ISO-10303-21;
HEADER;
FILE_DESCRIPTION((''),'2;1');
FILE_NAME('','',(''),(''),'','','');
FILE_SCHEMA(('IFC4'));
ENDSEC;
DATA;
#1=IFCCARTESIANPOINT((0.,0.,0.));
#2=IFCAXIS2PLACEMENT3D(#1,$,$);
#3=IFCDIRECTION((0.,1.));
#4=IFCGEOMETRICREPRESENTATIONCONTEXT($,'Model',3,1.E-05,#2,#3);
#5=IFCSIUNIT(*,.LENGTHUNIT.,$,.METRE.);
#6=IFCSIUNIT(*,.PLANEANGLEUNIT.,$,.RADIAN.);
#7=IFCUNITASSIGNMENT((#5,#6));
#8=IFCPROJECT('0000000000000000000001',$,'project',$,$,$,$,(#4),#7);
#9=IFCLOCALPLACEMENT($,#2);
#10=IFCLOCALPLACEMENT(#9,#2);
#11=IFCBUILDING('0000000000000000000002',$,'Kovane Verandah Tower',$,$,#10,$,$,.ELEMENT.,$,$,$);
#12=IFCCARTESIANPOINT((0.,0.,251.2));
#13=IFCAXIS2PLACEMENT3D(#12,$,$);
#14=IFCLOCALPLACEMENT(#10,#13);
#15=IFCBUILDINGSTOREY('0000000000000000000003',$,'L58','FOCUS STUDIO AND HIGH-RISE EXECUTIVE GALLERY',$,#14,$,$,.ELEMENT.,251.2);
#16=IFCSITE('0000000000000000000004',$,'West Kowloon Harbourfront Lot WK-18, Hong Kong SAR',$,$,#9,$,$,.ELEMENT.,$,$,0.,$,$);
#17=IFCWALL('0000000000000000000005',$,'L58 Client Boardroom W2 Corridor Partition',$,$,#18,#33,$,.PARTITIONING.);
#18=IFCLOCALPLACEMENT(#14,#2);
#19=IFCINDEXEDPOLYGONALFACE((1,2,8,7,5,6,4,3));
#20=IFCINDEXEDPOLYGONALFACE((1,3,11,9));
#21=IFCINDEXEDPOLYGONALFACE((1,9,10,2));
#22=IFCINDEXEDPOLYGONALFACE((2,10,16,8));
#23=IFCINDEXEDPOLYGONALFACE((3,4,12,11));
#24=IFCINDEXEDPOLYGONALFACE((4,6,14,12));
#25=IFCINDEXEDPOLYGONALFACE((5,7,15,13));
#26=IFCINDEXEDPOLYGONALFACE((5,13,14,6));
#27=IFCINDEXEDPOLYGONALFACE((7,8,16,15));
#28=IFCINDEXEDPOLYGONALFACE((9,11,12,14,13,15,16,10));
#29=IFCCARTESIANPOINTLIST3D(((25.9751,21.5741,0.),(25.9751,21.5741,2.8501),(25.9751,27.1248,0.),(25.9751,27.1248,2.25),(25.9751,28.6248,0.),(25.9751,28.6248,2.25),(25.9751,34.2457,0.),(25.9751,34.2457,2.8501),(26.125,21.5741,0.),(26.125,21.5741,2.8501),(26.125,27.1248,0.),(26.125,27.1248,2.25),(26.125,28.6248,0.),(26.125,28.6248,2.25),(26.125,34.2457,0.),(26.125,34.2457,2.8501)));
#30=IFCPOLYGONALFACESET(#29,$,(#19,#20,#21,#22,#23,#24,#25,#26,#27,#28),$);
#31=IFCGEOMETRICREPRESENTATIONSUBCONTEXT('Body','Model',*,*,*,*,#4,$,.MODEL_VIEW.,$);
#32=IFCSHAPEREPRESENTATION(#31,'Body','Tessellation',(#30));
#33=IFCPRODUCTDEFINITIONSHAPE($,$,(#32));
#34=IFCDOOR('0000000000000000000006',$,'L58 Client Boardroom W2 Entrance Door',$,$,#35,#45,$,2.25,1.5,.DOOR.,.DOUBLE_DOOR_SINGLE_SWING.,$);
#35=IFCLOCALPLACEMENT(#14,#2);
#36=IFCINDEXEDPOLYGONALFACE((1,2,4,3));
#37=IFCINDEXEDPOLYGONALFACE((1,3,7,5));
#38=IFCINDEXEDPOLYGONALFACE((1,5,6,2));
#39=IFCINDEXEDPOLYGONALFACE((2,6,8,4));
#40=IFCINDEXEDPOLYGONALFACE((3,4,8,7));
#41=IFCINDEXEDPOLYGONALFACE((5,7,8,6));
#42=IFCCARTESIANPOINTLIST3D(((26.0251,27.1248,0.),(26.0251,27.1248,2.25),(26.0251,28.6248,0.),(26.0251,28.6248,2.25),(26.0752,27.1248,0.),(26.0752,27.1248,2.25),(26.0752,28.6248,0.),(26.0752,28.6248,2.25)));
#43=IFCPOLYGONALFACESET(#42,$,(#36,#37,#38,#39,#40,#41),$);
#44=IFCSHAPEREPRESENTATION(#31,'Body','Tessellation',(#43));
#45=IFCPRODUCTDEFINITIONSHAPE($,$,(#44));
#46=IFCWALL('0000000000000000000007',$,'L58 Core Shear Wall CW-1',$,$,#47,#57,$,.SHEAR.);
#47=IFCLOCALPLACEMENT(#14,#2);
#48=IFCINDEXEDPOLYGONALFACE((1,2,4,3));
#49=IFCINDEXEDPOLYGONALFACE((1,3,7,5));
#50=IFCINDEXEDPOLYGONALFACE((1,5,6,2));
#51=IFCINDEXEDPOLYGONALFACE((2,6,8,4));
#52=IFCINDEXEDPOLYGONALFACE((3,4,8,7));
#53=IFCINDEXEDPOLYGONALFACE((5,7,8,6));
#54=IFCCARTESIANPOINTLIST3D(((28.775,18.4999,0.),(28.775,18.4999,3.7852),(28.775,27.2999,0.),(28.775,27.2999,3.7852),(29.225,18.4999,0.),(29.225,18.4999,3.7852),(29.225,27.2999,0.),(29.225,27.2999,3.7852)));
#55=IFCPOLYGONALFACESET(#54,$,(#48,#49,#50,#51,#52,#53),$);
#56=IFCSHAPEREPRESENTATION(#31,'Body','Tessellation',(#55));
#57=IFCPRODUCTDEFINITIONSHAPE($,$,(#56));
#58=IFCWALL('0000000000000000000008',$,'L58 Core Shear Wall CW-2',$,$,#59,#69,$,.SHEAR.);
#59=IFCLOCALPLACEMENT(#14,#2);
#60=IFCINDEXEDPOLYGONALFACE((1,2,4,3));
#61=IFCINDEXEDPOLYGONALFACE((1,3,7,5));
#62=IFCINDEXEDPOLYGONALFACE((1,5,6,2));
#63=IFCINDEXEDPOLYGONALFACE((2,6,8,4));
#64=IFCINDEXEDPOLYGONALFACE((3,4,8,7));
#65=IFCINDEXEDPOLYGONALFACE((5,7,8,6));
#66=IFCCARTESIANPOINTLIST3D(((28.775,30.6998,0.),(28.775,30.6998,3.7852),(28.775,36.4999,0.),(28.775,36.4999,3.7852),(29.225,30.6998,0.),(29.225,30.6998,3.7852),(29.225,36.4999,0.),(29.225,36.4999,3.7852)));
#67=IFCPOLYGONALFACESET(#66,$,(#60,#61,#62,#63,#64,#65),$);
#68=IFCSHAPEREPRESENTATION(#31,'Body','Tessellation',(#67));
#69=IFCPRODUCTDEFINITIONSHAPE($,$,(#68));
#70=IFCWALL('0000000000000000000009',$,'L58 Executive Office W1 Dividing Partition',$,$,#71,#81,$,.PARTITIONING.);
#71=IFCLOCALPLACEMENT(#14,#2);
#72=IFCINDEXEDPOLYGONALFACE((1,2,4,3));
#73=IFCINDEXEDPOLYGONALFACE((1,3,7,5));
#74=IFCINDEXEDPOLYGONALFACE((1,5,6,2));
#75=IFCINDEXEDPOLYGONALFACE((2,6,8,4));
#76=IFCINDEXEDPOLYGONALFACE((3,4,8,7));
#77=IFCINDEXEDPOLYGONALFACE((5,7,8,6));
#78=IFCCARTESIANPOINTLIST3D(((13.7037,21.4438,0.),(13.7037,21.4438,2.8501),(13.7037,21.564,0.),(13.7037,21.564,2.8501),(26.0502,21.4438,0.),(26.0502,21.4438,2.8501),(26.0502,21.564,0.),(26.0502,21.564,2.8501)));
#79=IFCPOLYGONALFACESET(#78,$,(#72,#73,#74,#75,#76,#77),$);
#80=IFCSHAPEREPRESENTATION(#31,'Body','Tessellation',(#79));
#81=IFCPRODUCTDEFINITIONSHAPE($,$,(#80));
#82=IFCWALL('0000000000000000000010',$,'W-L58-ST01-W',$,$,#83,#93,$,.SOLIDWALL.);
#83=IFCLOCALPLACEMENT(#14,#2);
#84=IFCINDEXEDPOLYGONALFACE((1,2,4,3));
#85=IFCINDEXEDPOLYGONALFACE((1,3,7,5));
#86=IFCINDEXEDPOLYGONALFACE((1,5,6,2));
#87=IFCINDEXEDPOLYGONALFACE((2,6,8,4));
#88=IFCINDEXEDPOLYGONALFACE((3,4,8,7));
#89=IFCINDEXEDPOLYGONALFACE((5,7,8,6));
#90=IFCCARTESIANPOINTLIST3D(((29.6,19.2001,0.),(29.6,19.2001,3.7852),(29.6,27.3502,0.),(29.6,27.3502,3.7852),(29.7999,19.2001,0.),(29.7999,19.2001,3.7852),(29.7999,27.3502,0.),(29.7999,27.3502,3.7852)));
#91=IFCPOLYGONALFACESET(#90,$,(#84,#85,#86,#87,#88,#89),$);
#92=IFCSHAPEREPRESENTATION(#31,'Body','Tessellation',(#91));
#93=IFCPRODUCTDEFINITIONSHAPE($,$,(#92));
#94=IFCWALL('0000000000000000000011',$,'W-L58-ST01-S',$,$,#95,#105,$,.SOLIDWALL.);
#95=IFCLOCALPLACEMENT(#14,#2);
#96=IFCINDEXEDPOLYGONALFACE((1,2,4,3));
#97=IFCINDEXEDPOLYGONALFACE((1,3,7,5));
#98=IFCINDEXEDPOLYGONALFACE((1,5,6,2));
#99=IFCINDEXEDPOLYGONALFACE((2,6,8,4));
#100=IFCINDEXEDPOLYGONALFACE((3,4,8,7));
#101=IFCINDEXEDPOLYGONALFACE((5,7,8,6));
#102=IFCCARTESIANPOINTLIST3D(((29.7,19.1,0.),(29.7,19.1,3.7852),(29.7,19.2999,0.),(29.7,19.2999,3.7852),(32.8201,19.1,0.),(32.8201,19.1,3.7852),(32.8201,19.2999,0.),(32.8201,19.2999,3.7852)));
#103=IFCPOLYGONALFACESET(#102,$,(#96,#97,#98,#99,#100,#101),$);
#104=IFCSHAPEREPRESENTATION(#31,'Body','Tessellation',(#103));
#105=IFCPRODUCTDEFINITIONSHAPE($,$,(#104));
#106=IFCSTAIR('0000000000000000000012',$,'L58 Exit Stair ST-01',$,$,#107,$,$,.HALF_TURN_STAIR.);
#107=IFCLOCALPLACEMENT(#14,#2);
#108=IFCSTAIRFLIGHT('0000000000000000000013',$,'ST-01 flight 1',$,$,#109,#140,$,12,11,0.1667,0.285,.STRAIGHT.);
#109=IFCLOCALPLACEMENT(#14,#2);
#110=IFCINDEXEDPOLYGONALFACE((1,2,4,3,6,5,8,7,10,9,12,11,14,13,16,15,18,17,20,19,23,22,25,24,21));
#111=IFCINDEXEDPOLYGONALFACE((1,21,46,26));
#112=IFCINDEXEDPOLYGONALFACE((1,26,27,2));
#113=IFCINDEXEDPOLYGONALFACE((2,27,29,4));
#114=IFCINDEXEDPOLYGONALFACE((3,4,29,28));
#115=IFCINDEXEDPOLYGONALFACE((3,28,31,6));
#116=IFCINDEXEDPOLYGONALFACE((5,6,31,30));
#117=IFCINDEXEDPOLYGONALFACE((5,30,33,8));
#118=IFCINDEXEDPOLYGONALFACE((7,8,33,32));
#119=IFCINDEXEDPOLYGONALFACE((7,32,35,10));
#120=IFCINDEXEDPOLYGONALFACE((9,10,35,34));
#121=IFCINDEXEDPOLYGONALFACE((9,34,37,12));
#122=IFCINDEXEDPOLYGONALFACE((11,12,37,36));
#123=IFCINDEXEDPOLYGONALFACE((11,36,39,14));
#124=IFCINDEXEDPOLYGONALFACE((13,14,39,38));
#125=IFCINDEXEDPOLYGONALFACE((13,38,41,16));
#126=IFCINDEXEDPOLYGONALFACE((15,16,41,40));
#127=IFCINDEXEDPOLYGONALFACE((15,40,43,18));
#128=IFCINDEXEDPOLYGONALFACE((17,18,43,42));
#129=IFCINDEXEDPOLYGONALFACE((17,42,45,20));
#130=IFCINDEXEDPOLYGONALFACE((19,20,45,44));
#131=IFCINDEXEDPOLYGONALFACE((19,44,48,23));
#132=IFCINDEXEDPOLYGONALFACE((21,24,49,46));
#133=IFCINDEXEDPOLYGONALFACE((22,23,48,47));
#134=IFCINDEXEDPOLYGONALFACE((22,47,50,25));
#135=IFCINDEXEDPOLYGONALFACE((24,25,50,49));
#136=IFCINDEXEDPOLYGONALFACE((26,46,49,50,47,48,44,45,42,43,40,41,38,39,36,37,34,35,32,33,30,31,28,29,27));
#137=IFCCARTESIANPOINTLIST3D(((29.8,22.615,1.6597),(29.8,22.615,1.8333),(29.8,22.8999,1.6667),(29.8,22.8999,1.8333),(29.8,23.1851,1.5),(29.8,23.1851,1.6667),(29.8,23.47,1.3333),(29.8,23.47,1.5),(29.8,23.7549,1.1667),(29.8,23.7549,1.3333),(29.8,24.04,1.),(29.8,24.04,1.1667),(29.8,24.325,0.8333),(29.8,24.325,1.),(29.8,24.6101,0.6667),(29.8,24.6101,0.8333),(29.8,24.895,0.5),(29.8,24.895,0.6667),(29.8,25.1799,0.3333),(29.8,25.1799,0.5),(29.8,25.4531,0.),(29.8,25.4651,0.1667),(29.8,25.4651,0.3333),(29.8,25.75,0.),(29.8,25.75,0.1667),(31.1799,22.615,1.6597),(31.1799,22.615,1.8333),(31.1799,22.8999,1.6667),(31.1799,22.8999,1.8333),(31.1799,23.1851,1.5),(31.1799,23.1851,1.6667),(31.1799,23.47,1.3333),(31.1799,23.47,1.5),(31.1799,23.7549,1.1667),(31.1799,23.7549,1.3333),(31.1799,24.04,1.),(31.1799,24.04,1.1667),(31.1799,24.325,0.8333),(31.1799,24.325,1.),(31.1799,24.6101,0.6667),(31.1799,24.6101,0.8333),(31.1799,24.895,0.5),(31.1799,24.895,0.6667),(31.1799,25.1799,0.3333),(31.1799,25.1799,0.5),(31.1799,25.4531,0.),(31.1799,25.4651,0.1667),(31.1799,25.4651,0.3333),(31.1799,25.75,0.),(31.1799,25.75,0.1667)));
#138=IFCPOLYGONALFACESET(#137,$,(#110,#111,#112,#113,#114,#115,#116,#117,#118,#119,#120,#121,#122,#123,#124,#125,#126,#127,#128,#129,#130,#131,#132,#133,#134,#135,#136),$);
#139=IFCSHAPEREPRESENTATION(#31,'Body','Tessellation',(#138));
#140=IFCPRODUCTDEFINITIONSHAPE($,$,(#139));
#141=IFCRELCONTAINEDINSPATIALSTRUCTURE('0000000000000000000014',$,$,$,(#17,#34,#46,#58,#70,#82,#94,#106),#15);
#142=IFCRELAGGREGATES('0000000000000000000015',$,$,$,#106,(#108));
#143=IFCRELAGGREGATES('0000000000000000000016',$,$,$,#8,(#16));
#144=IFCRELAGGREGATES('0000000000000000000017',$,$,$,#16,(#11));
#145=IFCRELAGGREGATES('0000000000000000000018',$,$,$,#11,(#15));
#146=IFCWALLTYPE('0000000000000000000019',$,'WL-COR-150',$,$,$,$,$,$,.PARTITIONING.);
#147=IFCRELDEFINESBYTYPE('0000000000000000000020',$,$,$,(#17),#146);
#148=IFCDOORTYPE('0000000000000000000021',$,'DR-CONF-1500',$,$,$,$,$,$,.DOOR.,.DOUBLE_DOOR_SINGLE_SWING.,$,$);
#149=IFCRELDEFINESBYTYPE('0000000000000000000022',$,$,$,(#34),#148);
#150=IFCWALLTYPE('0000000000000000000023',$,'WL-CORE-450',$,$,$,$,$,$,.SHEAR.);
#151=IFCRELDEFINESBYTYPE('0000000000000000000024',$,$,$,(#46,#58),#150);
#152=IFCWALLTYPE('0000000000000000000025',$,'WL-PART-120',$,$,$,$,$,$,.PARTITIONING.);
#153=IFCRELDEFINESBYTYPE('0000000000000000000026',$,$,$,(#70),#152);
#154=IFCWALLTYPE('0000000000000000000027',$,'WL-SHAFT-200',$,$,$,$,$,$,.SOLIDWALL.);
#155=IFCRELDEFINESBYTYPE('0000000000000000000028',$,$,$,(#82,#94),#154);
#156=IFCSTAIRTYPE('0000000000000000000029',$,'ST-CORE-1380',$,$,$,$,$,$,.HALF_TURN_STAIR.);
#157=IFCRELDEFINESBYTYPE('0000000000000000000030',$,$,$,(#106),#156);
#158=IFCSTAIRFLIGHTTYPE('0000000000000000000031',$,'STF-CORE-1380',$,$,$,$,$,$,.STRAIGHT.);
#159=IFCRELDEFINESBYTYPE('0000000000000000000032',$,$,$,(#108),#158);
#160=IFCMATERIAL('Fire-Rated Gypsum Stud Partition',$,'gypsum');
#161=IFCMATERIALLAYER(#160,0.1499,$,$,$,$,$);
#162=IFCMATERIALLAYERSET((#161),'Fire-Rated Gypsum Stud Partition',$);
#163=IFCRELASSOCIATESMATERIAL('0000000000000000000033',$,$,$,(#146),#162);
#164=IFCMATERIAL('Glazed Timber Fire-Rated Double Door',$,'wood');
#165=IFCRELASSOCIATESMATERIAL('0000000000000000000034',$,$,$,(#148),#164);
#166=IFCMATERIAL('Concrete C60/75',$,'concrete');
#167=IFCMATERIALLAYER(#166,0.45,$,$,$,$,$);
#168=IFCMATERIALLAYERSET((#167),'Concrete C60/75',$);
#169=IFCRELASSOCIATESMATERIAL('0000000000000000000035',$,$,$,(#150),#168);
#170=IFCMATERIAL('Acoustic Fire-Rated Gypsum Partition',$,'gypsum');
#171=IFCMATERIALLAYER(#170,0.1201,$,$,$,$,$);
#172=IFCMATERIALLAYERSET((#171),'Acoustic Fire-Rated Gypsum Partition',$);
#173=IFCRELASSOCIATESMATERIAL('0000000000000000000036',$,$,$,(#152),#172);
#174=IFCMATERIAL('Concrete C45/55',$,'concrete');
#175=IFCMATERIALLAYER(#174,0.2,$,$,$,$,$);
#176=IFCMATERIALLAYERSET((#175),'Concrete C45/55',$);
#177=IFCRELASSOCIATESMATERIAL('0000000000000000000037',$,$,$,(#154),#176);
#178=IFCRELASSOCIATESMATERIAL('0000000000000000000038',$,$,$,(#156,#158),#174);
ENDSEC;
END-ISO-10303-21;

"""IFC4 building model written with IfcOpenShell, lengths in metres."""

from ifc_helpers import new_model, si_unit, direction, frame, frame_2d, origin, place, context, subcontext, project, spatial, polyline, rectangle, outline, extrude, material, layer, layer_set, type_object, element, fill, aggregate, save


model = new_model("IFC4")

# Units and contexts
model_context = context("Model", 3, precision=1e-05, world=origin(), true_north=direction((0.0, 1.0)))
body_context = subcontext(model_context, "Body", "Model", "MODEL_VIEW")
ifc_project = project(units=[si_unit("LENGTHUNIT", "METRE"), si_unit("PLANEANGLEUNIT", "RADIAN")], contexts=[model_context])

# Site, building, storey
site_placement = place(None, origin())
site = spatial("IfcSite", under=ifc_project, at=site_placement, Name="West Kowloon Harbourfront Lot WK-18, Hong Kong SAR", CompositionType="ELEMENT", RefElevation=0.0)
building_placement = place(site_placement, origin())
building = spatial("IfcBuilding", under=site, at=building_placement, Name="Kovane Verandah Tower", CompositionType="ELEMENT")
storey_placement = place(building_placement, frame((0.0, 0.0, 251.2)))
storey = spatial("IfcBuildingStorey", under=building, at=storey_placement, Name="L58", Description="FOCUS STUDIO AND HIGH-RISE EXECUTIVE GALLERY", CompositionType="ELEMENT", Elevation=251.2)

# Shared definitions
ifc_material_1 = material(Name="Concrete C60/75", Category="concrete")

# Wall, opening, door
ifc_material_2 = material(Name="Fire-Rated Gypsum Stud Partition", Category="gypsum")
ifc_layer_1 = layer(ifc_material_2, 0.1499)
ifc_layer_set_1 = layer_set([ifc_layer_1], Name="Fire-Rated Gypsum Stud Partition")
wall_type_1 = type_object("IfcWallType", Name="WL-COR-150", PredefinedType="PARTITIONING", material=ifc_layer_set_1)
wall_1_placement = place(storey_placement, frame((26.05, 21.574, 0.0), z_axis=(0.0, 0.0, 1.0), x_axis=(0.0, 1.0, 0.0)))
wall_1 = element("IfcWall", 1, at=wall_1_placement, inside=storey, type_object=wall_type_1, Name="L58 Client Boardroom W2 Corridor Partition", PredefinedType="PARTITIONING", context=body_context, shape_type="SweptSolid", body=[
    extrude(rectangle(XDim=12.6716, YDim=0.1499, at=frame_2d((6.3359, 0.0))), origin(), (0.0, 0.0, 1.0), 2.8501),
])
opening_1_placement = place(wall_1_placement, frame((5.5508, 0.0, 0.0)))
opening_1 = element("IfcOpeningElement", 2, at=opening_1_placement, cuts=wall_1, PredefinedType="OPENING", context=body_context, shape_type="SweptSolid", body=[
    extrude(rectangle(XDim=1.5, YDim=2.25, at=frame_2d((0.75, 1.125))), frame((0.0, 0.075, 0.0), z_axis=(0.0, -1.0, 0.0), x_axis=(1.0, 0.0, 0.0)), (0.0, 0.0, 1.0), 0.1499),
])
ifc_material_3 = material(Name="Glazed Timber Fire-Rated Double Door", Category="wood")
door_type_1 = type_object("IfcDoorType", Name="DR-CONF-1500", OperationType="DOUBLE_DOOR_SINGLE_SWING", PredefinedType="DOOR", material=ifc_material_3)
door_1_placement = place(opening_1_placement, origin())
door_1 = element("IfcDoor", 3, at=door_1_placement, inside=storey, type_object=door_type_1, Name="L58 Client Boardroom W2 Entrance Door", OperationType="DOUBLE_DOOR_SINGLE_SWING", OverallHeight=2.25, OverallWidth=1.5, PredefinedType="DOOR", context=body_context, shape_type="SweptSolid", body=[
    extrude(rectangle(XDim=1.5, YDim=2.25, at=frame_2d((0.75, 1.125))), frame((0.0, 0.0249, 0.0), z_axis=(0.0, -1.0, 0.0), x_axis=(1.0, 0.0, 0.0)), (0.0, 0.0, 1.0), 0.05),
])
fill(opening_1, door_1)

# Walls
ifc_layer_2 = layer(ifc_material_1, 0.45)
ifc_layer_set_2 = layer_set([ifc_layer_2], Name="Concrete C60/75")
wall_type_2 = type_object("IfcWallType", Name="WL-CORE-450", PredefinedType="SHEAR", material=ifc_layer_set_2)
wall_2_placement = place(storey_placement, frame((29.0, 18.5, 0.0), z_axis=(0.0, 0.0, 1.0), x_axis=(0.0, 1.0, 0.0)))
element("IfcWall", 4, at=wall_2_placement, inside=storey, type_object=wall_type_2, Name="L58 Core Shear Wall CW-1", PredefinedType="SHEAR", context=body_context, shape_type="SweptSolid", body=[
    extrude(rectangle(XDim=8.8, YDim=0.45, at=frame_2d((4.3999, 0.0))), origin(), (0.0, 0.0, 1.0), 3.7852),
])
wall_3_placement = place(storey_placement, frame((29.0, 30.7, 0.0), z_axis=(0.0, 0.0, 1.0), x_axis=(0.0, 1.0, 0.0)))
element("IfcWall", 5, at=wall_3_placement, inside=storey, type_object=wall_type_2, Name="L58 Core Shear Wall CW-2", PredefinedType="SHEAR", context=body_context, shape_type="SweptSolid", body=[
    extrude(rectangle(XDim=5.8, YDim=0.45, at=frame_2d((2.8999, 0.0))), origin(), (0.0, 0.0, 1.0), 3.7852),
])

# Walls
ifc_material_4 = material(Name="Acoustic Fire-Rated Gypsum Partition", Category="gypsum")
ifc_layer_3 = layer(ifc_material_4, 0.1201)
ifc_layer_set_3 = layer_set([ifc_layer_3], Name="Acoustic Fire-Rated Gypsum Partition")
wall_type_3 = type_object("IfcWallType", Name="WL-PART-120", PredefinedType="PARTITIONING", material=ifc_layer_set_3)
wall_4_placement = place(storey_placement, frame((13.7036, 21.5039, 0.0), z_axis=(0.0, 0.0, 1.0), x_axis=(1.0, 0.0, 0.0)))
element("IfcWall", 6, at=wall_4_placement, inside=storey, type_object=wall_type_3, Name="L58 Executive Office W1 Dividing Partition", PredefinedType="PARTITIONING", context=body_context, shape_type="SweptSolid", body=[
    extrude(rectangle(XDim=12.3464, YDim=0.1201, at=frame_2d((6.1733, 0.0))), origin(), (0.0, 0.0, 1.0), 2.8501),
])
ifc_material_5 = material(Name="Concrete C45/55", Category="concrete")
ifc_layer_4 = layer(ifc_material_5, 0.2)
ifc_layer_set_4 = layer_set([ifc_layer_4], Name="Concrete C45/55")
wall_type_4 = type_object("IfcWallType", Name="WL-SHAFT-200", PredefinedType="SOLIDWALL", material=ifc_layer_set_4)
wall_5_placement = place(storey_placement, frame((29.7, 19.2, 0.0), z_axis=(0.0, 0.0, 1.0), x_axis=(0.0, 1.0, 0.0)))
element("IfcWall", 7, at=wall_5_placement, inside=storey, type_object=wall_type_4, Name="W-L58-ST01-W", PredefinedType="SOLIDWALL", context=body_context, shape_type="SweptSolid", body=[
    extrude(rectangle(XDim=8.1501, YDim=0.2, at=frame_2d((4.0752, 0.0))), origin(), (0.0, 0.0, 1.0), 3.7852),
])
wall_6_placement = place(storey_placement, frame((29.7, 19.2, 0.0), z_axis=(0.0, 0.0, 1.0), x_axis=(1.0, 0.0, 0.0)))
element("IfcWall", 8, at=wall_6_placement, inside=storey, type_object=wall_type_4, Name="W-L58-ST01-S", PredefinedType="SOLIDWALL", context=body_context, shape_type="SweptSolid", body=[
    extrude(rectangle(XDim=3.1201, YDim=0.2, at=frame_2d((1.5601, 0.0))), origin(), (0.0, 0.0, 1.0), 3.7852),
])

# Stair, stair flight
stair_type = type_object("IfcStairType", Name="ST-CORE-1380", PredefinedType="HALF_TURN_STAIR", material=ifc_material_5)
stair_placement = place(storey_placement, origin())
stair = element("IfcStair", 9, at=stair_placement, inside=storey, type_object=stair_type, Name="L58 Exit Stair ST-01", PredefinedType="HALF_TURN_STAIR")
stair_flight_type = type_object("IfcStairFlightType", Name="STF-CORE-1380", PredefinedType="STRAIGHT", material=ifc_material_5)
stair_flight_placement = place(storey_placement, frame((30.49, 25.75, 0.0), z_axis=(0.0, 0.0, 1.0), x_axis=(0.0, -1.0, 0.0)))
stair_flight = element("IfcStairFlight", 10, at=stair_flight_placement, type_object=stair_flight_type, Name="ST-01 flight 1", NumberOfRisers=12, NumberOfTreads=11, PredefinedType="STRAIGHT", RiserHeight=0.1667, TreadLength=0.285, context=body_context, shape_type="SweptSolid", body=[
    extrude(outline(polyline([(0.0, 0.0), (0.0, 0.1667), (0.2849, 0.1667), (0.2849, 0.3333), (0.5701, 0.3333), (0.5701, 0.5), (0.855, 0.5), (0.855, 0.6667), (1.1399, 0.6667), (1.1399, 0.8333), (1.425, 0.8333), (1.425, 1.0), (1.71, 1.0), (1.71, 1.1667), (1.9951, 1.1667), (1.9951, 1.3333), (2.28, 1.3333), (2.28, 1.5), (2.5649, 1.5), (2.5649, 1.6667), (2.8501, 1.6667), (2.8501, 1.8333), (3.135, 1.8333), (3.135, 2.0), (3.135, 1.6597), (0.2969, 0.0), (0.0, 0.0)])), frame((0.0, 0.6899, 0.0), z_axis=(0.0, -1.0, 0.0), x_axis=(1.0, 0.0, 0.0)), (0.0, 0.0, 1.0), 1.3799),
])
aggregate(stair, [stair_flight])

save(model, "model.ifc")
